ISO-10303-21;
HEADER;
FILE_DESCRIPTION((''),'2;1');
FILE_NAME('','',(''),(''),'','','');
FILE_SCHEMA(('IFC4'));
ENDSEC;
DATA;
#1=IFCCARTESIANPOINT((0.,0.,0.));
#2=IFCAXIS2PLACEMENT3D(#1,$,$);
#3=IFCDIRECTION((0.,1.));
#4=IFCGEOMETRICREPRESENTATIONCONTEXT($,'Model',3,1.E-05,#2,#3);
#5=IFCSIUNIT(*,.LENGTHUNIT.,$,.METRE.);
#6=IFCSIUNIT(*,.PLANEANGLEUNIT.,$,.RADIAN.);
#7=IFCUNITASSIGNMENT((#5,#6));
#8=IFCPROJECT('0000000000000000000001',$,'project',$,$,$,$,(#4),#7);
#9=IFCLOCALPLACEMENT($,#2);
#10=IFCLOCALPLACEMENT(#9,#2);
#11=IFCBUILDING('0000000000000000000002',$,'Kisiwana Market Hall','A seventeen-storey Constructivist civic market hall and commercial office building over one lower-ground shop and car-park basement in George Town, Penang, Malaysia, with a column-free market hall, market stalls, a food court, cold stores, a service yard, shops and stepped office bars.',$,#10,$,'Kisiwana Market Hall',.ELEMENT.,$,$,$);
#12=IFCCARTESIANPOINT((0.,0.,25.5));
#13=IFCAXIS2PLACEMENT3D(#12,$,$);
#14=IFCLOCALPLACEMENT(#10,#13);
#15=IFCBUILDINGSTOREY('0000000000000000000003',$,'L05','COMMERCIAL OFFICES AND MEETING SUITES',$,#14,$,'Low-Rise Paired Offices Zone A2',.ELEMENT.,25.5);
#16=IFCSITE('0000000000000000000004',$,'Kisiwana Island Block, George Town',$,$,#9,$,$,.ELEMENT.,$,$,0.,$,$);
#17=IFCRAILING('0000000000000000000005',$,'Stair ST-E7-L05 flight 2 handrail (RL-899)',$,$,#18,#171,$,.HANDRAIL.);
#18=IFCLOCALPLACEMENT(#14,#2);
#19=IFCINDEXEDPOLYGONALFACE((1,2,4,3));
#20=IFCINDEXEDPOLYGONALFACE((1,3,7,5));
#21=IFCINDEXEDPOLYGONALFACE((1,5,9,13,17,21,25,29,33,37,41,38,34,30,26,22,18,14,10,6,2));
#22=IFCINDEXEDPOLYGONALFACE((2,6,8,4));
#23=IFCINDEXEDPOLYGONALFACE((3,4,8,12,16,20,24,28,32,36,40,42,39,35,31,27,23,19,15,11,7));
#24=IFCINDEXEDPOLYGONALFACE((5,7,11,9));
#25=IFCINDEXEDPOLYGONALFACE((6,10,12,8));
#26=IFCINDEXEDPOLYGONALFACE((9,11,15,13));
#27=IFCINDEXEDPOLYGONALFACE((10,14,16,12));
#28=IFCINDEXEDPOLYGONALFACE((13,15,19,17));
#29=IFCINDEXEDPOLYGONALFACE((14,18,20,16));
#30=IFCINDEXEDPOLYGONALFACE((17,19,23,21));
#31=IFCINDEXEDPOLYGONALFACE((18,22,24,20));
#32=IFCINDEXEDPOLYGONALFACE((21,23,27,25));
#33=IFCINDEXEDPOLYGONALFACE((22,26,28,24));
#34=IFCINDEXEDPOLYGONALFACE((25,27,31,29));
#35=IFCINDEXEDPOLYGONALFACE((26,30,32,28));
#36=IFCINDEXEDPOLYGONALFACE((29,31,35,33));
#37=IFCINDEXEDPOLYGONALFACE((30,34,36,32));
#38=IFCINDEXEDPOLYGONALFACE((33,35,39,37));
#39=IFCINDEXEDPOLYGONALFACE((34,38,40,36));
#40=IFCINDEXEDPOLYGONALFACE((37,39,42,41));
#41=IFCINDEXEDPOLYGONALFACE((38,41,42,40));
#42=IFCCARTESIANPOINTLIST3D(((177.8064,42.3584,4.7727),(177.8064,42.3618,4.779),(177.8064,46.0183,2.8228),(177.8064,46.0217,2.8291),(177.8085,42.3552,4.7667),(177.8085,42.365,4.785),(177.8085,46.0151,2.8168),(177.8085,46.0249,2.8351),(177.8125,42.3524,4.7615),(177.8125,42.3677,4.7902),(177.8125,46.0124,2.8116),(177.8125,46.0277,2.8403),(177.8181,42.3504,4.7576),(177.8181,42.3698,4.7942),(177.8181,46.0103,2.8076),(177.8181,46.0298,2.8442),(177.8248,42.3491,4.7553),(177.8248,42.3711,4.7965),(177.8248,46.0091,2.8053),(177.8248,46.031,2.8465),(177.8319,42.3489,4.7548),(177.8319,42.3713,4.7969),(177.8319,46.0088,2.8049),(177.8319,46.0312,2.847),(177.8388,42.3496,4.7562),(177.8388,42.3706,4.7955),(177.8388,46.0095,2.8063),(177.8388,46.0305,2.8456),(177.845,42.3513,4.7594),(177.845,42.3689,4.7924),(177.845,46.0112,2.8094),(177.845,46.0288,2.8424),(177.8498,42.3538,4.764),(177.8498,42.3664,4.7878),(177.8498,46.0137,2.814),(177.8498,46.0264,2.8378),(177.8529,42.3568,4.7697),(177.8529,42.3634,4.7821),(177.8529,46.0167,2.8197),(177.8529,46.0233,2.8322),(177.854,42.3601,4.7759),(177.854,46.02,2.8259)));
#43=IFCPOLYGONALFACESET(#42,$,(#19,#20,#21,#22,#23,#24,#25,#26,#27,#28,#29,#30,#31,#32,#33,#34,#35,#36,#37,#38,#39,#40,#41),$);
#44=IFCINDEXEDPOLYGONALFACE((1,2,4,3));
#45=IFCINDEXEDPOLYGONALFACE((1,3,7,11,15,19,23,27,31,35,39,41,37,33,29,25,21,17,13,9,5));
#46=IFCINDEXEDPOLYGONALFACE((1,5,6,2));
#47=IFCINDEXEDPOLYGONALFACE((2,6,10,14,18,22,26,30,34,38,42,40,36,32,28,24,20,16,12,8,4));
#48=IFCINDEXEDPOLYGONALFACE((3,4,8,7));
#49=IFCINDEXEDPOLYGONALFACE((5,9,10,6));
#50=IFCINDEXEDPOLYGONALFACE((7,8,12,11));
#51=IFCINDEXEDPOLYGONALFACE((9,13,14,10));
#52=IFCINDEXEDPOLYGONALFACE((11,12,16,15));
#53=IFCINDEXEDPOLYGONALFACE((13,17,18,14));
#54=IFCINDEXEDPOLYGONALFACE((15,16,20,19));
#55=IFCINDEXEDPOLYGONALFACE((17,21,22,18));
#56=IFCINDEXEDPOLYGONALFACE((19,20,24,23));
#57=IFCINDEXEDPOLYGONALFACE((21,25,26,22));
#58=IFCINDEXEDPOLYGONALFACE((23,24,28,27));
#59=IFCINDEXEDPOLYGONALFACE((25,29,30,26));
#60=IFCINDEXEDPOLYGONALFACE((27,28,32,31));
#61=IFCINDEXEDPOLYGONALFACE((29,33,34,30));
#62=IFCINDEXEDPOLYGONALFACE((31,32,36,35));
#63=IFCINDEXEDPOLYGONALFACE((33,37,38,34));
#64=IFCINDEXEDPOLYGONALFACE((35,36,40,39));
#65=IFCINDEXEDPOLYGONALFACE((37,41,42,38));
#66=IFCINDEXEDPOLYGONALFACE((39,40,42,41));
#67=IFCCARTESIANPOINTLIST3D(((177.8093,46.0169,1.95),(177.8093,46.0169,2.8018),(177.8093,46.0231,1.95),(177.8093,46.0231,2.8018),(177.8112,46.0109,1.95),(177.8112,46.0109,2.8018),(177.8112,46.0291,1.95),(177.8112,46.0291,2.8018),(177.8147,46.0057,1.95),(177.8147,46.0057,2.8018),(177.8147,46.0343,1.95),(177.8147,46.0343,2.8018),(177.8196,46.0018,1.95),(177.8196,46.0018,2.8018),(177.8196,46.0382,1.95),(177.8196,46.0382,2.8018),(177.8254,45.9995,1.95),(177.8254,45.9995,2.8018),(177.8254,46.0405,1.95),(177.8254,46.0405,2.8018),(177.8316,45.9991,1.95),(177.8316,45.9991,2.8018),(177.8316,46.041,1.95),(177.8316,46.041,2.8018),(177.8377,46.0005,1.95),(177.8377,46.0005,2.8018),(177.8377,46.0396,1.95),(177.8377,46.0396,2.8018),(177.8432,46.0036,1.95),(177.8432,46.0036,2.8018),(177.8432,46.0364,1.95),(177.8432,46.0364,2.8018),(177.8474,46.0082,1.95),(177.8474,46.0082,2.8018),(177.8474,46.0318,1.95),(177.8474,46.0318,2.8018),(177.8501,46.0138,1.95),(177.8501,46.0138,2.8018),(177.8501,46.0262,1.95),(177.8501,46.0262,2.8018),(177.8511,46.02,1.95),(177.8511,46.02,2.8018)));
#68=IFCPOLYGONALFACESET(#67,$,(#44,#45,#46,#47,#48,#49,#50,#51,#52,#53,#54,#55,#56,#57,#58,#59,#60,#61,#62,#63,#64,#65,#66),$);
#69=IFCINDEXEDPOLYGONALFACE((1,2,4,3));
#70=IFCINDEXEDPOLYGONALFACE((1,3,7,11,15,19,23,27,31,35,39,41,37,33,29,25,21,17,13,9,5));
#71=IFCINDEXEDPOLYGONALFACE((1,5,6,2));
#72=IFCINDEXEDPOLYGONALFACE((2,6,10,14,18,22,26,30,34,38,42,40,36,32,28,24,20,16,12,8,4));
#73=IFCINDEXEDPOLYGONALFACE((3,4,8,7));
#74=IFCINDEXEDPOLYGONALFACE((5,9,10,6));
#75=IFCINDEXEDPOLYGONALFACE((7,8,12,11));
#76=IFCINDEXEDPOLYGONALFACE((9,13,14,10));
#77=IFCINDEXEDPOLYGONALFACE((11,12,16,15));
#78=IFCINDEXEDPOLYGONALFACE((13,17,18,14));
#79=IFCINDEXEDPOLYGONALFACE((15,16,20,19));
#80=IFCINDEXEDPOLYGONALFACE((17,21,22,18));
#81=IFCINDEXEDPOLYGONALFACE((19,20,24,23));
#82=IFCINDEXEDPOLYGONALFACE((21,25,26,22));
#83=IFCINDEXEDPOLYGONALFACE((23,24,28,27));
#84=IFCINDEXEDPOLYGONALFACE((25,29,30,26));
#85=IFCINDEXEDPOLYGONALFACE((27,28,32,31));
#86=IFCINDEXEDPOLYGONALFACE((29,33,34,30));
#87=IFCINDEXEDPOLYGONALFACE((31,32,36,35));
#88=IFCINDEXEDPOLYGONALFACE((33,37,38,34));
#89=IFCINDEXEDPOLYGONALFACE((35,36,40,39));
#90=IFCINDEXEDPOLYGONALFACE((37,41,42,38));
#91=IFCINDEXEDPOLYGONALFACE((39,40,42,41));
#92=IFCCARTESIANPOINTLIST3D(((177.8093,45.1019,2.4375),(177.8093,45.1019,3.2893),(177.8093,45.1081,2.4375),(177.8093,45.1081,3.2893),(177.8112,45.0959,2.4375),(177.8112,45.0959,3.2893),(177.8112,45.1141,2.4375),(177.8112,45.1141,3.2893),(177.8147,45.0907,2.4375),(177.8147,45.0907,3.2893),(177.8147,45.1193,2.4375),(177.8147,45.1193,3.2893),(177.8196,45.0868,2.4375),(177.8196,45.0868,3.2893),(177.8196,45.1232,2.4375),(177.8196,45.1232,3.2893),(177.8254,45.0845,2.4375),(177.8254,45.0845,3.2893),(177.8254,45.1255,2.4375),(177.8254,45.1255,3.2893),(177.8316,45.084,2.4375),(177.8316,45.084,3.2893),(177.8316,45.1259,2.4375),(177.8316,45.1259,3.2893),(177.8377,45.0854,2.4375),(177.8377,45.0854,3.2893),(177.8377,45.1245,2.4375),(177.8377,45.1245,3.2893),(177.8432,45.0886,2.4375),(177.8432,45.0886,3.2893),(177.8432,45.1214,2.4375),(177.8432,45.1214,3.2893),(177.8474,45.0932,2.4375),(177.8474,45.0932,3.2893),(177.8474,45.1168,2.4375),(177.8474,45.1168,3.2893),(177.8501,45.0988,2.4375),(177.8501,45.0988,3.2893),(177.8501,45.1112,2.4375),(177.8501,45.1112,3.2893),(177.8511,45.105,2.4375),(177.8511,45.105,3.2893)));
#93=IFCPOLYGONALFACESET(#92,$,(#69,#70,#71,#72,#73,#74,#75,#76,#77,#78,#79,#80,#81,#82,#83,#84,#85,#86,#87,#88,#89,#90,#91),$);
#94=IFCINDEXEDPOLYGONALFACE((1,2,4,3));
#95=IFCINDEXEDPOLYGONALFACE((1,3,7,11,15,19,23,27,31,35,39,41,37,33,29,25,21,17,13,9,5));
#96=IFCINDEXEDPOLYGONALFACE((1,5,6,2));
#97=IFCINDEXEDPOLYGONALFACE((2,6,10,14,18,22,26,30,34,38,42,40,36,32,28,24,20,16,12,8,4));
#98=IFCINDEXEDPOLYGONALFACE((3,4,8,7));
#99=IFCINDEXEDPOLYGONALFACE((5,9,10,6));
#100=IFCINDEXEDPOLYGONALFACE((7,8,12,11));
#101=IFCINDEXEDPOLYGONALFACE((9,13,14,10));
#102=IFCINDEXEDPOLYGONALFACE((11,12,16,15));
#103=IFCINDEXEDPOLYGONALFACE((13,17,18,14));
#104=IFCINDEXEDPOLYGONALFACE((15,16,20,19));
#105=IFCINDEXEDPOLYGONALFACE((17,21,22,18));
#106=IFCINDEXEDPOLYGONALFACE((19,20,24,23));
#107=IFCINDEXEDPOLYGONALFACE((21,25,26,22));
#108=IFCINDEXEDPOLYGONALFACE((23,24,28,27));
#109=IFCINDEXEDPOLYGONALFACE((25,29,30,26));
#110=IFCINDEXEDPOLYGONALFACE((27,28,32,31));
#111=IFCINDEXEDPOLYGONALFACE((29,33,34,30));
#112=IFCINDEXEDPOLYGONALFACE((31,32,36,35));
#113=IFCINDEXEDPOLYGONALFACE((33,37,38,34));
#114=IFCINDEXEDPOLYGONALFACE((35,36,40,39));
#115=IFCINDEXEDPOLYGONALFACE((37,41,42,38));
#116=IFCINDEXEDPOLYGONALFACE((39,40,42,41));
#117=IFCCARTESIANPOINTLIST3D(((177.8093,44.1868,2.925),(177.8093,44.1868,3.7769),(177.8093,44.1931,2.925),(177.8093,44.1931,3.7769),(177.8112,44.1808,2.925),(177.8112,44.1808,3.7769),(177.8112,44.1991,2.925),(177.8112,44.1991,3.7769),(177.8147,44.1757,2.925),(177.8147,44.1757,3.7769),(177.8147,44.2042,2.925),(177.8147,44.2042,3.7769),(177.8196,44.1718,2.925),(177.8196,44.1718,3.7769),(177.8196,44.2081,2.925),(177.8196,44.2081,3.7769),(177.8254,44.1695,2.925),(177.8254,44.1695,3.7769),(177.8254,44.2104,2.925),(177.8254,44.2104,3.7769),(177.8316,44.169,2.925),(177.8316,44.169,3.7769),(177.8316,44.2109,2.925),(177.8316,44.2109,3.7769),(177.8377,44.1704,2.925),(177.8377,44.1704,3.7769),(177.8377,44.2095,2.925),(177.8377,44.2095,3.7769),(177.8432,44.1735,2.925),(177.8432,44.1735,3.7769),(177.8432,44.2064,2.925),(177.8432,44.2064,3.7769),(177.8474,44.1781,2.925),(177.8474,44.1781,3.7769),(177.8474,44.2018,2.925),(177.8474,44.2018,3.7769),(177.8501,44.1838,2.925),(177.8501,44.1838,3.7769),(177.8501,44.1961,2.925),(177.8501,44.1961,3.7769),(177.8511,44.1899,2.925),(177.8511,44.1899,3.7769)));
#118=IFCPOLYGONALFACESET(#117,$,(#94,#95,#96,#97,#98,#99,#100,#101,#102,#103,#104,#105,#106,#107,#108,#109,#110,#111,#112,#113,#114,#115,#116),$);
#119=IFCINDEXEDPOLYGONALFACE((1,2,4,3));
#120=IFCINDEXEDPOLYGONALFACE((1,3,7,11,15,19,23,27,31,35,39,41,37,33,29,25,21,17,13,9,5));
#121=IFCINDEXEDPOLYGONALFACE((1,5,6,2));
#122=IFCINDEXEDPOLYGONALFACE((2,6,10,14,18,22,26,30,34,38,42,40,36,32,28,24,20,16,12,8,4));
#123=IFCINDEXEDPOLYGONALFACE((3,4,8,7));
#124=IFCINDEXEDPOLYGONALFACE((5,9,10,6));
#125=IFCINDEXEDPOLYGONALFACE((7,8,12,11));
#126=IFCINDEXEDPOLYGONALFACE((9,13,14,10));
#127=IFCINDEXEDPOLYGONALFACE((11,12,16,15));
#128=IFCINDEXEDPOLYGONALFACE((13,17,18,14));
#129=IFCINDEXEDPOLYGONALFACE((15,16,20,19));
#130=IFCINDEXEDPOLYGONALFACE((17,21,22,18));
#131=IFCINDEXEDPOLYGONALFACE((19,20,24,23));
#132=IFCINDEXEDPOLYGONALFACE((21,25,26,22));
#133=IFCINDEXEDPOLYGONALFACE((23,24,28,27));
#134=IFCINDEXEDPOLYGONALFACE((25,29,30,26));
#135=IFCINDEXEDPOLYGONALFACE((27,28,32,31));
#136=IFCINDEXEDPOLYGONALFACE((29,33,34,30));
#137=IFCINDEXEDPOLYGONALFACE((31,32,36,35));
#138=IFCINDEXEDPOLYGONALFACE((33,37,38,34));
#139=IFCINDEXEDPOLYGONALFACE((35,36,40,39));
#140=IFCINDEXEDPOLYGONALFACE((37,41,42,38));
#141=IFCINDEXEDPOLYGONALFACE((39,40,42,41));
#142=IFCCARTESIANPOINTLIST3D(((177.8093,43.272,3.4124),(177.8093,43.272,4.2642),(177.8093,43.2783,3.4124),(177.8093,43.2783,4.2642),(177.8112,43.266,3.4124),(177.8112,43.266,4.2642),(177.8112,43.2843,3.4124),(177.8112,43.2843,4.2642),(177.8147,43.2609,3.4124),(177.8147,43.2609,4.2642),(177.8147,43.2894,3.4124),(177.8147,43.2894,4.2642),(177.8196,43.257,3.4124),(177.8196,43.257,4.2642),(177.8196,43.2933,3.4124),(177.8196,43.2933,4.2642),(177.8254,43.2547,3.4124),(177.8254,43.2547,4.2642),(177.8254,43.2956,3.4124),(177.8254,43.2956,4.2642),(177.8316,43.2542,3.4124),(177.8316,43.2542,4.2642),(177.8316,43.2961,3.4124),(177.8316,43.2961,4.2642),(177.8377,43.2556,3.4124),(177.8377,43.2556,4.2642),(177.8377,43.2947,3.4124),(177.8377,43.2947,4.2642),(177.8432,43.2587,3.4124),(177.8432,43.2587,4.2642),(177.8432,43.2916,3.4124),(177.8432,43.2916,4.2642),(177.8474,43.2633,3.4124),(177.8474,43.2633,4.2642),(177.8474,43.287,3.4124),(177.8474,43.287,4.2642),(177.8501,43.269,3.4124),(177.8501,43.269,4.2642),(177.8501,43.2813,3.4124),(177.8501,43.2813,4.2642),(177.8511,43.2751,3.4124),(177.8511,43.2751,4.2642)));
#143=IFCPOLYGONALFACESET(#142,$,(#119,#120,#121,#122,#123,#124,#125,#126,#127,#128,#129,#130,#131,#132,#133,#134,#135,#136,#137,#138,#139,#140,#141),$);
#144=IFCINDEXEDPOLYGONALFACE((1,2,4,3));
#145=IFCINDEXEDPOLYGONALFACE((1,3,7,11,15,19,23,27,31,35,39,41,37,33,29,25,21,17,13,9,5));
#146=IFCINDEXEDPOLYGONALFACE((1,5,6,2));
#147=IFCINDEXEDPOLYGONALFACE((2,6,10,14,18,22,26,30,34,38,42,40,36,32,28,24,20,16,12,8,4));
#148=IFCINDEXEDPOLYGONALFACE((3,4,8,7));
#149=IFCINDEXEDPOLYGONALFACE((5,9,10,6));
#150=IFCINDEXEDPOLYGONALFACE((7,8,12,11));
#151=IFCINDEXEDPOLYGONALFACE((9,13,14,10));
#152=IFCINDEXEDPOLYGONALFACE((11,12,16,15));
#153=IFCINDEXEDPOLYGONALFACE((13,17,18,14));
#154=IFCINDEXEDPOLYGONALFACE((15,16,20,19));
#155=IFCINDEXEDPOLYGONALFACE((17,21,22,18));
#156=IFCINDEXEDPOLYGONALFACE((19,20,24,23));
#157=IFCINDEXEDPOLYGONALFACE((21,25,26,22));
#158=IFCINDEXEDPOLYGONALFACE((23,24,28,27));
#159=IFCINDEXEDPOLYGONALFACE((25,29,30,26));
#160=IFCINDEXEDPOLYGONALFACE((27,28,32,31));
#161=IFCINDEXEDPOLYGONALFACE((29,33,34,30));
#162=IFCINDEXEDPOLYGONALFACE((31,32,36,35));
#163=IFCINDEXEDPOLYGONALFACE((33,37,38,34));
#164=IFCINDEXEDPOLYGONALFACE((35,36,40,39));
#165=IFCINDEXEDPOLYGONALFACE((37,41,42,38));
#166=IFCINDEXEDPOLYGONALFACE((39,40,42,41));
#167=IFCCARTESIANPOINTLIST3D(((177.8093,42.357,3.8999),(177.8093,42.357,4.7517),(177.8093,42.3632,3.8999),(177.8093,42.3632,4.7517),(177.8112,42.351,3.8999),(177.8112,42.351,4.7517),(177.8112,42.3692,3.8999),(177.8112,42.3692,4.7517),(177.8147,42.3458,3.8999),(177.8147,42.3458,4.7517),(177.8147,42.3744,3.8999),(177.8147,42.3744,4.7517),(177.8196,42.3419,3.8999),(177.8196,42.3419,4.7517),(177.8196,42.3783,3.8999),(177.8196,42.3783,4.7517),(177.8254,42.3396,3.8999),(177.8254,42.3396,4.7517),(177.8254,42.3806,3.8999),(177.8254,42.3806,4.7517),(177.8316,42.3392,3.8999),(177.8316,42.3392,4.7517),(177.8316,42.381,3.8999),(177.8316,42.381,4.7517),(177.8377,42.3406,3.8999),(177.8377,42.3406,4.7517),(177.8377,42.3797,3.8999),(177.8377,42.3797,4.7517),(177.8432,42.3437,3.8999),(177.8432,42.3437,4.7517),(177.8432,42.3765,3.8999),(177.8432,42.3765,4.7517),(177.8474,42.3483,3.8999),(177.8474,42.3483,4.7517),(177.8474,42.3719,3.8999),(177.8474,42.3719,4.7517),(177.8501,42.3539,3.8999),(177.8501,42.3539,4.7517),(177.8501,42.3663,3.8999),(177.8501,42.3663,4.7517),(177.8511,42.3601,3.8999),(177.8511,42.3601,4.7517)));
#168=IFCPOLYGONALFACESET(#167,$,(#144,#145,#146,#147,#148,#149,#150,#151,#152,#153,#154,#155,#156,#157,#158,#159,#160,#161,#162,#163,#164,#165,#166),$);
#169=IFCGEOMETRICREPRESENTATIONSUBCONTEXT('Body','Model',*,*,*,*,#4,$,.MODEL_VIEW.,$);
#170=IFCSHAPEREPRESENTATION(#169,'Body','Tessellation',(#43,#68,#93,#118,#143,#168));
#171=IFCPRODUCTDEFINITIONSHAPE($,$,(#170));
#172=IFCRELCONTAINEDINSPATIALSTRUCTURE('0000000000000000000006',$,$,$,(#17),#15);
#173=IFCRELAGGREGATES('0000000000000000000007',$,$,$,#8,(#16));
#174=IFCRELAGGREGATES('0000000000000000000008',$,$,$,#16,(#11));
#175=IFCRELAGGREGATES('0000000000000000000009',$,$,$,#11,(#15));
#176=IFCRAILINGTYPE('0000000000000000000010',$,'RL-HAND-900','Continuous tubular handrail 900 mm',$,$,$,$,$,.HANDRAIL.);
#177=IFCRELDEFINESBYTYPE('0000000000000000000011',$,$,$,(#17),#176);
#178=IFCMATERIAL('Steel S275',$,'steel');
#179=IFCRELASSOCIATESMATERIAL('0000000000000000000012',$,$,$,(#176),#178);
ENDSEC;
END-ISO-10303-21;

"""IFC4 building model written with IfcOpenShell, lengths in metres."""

from ifc_helpers import new_model, si_unit, direction, frame, origin, origin_2d, place, context, subcontext, project, spatial, circle, extrude, material, type_object, element, save


model = new_model("IFC4")

# Units and contexts
model_context = context("Model", 3, precision=1e-05, world=origin(), true_north=direction((0.0, 1.0)))
body_context = subcontext(model_context, "Body", "Model", "MODEL_VIEW")
ifc_project = project(units=[si_unit("LENGTHUNIT", "METRE"), si_unit("PLANEANGLEUNIT", "RADIAN")], contexts=[model_context])

# Site, building, storey
site_placement = place(None, origin())
site = spatial("IfcSite", under=ifc_project, at=site_placement, Name="Kisiwana Island Block, George Town", CompositionType="ELEMENT", RefElevation=0.0)
building_placement = place(site_placement, origin())
building = spatial("IfcBuilding", under=site, at=building_placement, Name="Kisiwana Market Hall", Description="A seventeen-storey Constructivist civic market hall and commercial office building over one lower-ground shop and car-park basement in George Town, Penang, Malaysia, with a column-free market hall, market stalls, a food court, cold stores, a service yard, shops and stepped office bars.", LongName="Kisiwana Market Hall", CompositionType="ELEMENT")
storey_placement = place(building_placement, frame((0.0, 0.0, 25.5)))
storey = spatial("IfcBuildingStorey", under=building, at=storey_placement, Name="L05", Description="COMMERCIAL OFFICES AND MEETING SUITES", LongName="Low-Rise Paired Offices Zone A2", CompositionType="ELEMENT", Elevation=25.5)

# Railing
ifc_material_1 = material(Name="Steel S275", Category="steel")
railing_type_1 = type_object("IfcRailingType", Name="RL-HAND-900", Description="Continuous tubular handrail 900 mm", PredefinedType="HANDRAIL", material=ifc_material_1)
for number, where, name in (
    (1, (177.8301, 46.02, 1.95), "Stair ST-E7-L05 flight 2 handrail (RL-899)"),
):
    element("IfcRailing", number, at=place(storey_placement, frame(where)), inside=storey, type_object=railing_type_1, Name=name, PredefinedType="HANDRAIL", context=body_context, shape_type="SweptSolid", body=[
        extrude(circle(Radius=0.0239, at=origin_2d()), frame((0.0, 0.0, 0.876), z_axis=(0.0, -0.882553, 0.470212), x_axis=(1.0, 0.0, 0.0)), (0.0, 0.0, 1.0), 4.147),
        extrude(circle(Radius=0.021, at=origin_2d()), origin(), (0.0, 0.0, 1.0), 0.8518),
        extrude(circle(Radius=0.021, at=origin_2d()), frame((0.0, -0.915, 0.4875)), (0.0, 0.0, 1.0), 0.8518),
        extrude(circle(Radius=0.021, at=origin_2d()), frame((0.0, -1.8301, 0.9751)), (0.0, 0.0, 1.0), 0.8518),
        extrude(circle(Radius=0.021, at=origin_2d()), frame((0.0, -2.7449, 1.4624)), (0.0, 0.0, 1.0), 0.8518),
        extrude(circle(Radius=0.021, at=origin_2d()), frame((0.0, -3.6599, 1.95)), (0.0, 0.0, 1.0), 0.8518),
    ])

save(model, "model.ifc")
